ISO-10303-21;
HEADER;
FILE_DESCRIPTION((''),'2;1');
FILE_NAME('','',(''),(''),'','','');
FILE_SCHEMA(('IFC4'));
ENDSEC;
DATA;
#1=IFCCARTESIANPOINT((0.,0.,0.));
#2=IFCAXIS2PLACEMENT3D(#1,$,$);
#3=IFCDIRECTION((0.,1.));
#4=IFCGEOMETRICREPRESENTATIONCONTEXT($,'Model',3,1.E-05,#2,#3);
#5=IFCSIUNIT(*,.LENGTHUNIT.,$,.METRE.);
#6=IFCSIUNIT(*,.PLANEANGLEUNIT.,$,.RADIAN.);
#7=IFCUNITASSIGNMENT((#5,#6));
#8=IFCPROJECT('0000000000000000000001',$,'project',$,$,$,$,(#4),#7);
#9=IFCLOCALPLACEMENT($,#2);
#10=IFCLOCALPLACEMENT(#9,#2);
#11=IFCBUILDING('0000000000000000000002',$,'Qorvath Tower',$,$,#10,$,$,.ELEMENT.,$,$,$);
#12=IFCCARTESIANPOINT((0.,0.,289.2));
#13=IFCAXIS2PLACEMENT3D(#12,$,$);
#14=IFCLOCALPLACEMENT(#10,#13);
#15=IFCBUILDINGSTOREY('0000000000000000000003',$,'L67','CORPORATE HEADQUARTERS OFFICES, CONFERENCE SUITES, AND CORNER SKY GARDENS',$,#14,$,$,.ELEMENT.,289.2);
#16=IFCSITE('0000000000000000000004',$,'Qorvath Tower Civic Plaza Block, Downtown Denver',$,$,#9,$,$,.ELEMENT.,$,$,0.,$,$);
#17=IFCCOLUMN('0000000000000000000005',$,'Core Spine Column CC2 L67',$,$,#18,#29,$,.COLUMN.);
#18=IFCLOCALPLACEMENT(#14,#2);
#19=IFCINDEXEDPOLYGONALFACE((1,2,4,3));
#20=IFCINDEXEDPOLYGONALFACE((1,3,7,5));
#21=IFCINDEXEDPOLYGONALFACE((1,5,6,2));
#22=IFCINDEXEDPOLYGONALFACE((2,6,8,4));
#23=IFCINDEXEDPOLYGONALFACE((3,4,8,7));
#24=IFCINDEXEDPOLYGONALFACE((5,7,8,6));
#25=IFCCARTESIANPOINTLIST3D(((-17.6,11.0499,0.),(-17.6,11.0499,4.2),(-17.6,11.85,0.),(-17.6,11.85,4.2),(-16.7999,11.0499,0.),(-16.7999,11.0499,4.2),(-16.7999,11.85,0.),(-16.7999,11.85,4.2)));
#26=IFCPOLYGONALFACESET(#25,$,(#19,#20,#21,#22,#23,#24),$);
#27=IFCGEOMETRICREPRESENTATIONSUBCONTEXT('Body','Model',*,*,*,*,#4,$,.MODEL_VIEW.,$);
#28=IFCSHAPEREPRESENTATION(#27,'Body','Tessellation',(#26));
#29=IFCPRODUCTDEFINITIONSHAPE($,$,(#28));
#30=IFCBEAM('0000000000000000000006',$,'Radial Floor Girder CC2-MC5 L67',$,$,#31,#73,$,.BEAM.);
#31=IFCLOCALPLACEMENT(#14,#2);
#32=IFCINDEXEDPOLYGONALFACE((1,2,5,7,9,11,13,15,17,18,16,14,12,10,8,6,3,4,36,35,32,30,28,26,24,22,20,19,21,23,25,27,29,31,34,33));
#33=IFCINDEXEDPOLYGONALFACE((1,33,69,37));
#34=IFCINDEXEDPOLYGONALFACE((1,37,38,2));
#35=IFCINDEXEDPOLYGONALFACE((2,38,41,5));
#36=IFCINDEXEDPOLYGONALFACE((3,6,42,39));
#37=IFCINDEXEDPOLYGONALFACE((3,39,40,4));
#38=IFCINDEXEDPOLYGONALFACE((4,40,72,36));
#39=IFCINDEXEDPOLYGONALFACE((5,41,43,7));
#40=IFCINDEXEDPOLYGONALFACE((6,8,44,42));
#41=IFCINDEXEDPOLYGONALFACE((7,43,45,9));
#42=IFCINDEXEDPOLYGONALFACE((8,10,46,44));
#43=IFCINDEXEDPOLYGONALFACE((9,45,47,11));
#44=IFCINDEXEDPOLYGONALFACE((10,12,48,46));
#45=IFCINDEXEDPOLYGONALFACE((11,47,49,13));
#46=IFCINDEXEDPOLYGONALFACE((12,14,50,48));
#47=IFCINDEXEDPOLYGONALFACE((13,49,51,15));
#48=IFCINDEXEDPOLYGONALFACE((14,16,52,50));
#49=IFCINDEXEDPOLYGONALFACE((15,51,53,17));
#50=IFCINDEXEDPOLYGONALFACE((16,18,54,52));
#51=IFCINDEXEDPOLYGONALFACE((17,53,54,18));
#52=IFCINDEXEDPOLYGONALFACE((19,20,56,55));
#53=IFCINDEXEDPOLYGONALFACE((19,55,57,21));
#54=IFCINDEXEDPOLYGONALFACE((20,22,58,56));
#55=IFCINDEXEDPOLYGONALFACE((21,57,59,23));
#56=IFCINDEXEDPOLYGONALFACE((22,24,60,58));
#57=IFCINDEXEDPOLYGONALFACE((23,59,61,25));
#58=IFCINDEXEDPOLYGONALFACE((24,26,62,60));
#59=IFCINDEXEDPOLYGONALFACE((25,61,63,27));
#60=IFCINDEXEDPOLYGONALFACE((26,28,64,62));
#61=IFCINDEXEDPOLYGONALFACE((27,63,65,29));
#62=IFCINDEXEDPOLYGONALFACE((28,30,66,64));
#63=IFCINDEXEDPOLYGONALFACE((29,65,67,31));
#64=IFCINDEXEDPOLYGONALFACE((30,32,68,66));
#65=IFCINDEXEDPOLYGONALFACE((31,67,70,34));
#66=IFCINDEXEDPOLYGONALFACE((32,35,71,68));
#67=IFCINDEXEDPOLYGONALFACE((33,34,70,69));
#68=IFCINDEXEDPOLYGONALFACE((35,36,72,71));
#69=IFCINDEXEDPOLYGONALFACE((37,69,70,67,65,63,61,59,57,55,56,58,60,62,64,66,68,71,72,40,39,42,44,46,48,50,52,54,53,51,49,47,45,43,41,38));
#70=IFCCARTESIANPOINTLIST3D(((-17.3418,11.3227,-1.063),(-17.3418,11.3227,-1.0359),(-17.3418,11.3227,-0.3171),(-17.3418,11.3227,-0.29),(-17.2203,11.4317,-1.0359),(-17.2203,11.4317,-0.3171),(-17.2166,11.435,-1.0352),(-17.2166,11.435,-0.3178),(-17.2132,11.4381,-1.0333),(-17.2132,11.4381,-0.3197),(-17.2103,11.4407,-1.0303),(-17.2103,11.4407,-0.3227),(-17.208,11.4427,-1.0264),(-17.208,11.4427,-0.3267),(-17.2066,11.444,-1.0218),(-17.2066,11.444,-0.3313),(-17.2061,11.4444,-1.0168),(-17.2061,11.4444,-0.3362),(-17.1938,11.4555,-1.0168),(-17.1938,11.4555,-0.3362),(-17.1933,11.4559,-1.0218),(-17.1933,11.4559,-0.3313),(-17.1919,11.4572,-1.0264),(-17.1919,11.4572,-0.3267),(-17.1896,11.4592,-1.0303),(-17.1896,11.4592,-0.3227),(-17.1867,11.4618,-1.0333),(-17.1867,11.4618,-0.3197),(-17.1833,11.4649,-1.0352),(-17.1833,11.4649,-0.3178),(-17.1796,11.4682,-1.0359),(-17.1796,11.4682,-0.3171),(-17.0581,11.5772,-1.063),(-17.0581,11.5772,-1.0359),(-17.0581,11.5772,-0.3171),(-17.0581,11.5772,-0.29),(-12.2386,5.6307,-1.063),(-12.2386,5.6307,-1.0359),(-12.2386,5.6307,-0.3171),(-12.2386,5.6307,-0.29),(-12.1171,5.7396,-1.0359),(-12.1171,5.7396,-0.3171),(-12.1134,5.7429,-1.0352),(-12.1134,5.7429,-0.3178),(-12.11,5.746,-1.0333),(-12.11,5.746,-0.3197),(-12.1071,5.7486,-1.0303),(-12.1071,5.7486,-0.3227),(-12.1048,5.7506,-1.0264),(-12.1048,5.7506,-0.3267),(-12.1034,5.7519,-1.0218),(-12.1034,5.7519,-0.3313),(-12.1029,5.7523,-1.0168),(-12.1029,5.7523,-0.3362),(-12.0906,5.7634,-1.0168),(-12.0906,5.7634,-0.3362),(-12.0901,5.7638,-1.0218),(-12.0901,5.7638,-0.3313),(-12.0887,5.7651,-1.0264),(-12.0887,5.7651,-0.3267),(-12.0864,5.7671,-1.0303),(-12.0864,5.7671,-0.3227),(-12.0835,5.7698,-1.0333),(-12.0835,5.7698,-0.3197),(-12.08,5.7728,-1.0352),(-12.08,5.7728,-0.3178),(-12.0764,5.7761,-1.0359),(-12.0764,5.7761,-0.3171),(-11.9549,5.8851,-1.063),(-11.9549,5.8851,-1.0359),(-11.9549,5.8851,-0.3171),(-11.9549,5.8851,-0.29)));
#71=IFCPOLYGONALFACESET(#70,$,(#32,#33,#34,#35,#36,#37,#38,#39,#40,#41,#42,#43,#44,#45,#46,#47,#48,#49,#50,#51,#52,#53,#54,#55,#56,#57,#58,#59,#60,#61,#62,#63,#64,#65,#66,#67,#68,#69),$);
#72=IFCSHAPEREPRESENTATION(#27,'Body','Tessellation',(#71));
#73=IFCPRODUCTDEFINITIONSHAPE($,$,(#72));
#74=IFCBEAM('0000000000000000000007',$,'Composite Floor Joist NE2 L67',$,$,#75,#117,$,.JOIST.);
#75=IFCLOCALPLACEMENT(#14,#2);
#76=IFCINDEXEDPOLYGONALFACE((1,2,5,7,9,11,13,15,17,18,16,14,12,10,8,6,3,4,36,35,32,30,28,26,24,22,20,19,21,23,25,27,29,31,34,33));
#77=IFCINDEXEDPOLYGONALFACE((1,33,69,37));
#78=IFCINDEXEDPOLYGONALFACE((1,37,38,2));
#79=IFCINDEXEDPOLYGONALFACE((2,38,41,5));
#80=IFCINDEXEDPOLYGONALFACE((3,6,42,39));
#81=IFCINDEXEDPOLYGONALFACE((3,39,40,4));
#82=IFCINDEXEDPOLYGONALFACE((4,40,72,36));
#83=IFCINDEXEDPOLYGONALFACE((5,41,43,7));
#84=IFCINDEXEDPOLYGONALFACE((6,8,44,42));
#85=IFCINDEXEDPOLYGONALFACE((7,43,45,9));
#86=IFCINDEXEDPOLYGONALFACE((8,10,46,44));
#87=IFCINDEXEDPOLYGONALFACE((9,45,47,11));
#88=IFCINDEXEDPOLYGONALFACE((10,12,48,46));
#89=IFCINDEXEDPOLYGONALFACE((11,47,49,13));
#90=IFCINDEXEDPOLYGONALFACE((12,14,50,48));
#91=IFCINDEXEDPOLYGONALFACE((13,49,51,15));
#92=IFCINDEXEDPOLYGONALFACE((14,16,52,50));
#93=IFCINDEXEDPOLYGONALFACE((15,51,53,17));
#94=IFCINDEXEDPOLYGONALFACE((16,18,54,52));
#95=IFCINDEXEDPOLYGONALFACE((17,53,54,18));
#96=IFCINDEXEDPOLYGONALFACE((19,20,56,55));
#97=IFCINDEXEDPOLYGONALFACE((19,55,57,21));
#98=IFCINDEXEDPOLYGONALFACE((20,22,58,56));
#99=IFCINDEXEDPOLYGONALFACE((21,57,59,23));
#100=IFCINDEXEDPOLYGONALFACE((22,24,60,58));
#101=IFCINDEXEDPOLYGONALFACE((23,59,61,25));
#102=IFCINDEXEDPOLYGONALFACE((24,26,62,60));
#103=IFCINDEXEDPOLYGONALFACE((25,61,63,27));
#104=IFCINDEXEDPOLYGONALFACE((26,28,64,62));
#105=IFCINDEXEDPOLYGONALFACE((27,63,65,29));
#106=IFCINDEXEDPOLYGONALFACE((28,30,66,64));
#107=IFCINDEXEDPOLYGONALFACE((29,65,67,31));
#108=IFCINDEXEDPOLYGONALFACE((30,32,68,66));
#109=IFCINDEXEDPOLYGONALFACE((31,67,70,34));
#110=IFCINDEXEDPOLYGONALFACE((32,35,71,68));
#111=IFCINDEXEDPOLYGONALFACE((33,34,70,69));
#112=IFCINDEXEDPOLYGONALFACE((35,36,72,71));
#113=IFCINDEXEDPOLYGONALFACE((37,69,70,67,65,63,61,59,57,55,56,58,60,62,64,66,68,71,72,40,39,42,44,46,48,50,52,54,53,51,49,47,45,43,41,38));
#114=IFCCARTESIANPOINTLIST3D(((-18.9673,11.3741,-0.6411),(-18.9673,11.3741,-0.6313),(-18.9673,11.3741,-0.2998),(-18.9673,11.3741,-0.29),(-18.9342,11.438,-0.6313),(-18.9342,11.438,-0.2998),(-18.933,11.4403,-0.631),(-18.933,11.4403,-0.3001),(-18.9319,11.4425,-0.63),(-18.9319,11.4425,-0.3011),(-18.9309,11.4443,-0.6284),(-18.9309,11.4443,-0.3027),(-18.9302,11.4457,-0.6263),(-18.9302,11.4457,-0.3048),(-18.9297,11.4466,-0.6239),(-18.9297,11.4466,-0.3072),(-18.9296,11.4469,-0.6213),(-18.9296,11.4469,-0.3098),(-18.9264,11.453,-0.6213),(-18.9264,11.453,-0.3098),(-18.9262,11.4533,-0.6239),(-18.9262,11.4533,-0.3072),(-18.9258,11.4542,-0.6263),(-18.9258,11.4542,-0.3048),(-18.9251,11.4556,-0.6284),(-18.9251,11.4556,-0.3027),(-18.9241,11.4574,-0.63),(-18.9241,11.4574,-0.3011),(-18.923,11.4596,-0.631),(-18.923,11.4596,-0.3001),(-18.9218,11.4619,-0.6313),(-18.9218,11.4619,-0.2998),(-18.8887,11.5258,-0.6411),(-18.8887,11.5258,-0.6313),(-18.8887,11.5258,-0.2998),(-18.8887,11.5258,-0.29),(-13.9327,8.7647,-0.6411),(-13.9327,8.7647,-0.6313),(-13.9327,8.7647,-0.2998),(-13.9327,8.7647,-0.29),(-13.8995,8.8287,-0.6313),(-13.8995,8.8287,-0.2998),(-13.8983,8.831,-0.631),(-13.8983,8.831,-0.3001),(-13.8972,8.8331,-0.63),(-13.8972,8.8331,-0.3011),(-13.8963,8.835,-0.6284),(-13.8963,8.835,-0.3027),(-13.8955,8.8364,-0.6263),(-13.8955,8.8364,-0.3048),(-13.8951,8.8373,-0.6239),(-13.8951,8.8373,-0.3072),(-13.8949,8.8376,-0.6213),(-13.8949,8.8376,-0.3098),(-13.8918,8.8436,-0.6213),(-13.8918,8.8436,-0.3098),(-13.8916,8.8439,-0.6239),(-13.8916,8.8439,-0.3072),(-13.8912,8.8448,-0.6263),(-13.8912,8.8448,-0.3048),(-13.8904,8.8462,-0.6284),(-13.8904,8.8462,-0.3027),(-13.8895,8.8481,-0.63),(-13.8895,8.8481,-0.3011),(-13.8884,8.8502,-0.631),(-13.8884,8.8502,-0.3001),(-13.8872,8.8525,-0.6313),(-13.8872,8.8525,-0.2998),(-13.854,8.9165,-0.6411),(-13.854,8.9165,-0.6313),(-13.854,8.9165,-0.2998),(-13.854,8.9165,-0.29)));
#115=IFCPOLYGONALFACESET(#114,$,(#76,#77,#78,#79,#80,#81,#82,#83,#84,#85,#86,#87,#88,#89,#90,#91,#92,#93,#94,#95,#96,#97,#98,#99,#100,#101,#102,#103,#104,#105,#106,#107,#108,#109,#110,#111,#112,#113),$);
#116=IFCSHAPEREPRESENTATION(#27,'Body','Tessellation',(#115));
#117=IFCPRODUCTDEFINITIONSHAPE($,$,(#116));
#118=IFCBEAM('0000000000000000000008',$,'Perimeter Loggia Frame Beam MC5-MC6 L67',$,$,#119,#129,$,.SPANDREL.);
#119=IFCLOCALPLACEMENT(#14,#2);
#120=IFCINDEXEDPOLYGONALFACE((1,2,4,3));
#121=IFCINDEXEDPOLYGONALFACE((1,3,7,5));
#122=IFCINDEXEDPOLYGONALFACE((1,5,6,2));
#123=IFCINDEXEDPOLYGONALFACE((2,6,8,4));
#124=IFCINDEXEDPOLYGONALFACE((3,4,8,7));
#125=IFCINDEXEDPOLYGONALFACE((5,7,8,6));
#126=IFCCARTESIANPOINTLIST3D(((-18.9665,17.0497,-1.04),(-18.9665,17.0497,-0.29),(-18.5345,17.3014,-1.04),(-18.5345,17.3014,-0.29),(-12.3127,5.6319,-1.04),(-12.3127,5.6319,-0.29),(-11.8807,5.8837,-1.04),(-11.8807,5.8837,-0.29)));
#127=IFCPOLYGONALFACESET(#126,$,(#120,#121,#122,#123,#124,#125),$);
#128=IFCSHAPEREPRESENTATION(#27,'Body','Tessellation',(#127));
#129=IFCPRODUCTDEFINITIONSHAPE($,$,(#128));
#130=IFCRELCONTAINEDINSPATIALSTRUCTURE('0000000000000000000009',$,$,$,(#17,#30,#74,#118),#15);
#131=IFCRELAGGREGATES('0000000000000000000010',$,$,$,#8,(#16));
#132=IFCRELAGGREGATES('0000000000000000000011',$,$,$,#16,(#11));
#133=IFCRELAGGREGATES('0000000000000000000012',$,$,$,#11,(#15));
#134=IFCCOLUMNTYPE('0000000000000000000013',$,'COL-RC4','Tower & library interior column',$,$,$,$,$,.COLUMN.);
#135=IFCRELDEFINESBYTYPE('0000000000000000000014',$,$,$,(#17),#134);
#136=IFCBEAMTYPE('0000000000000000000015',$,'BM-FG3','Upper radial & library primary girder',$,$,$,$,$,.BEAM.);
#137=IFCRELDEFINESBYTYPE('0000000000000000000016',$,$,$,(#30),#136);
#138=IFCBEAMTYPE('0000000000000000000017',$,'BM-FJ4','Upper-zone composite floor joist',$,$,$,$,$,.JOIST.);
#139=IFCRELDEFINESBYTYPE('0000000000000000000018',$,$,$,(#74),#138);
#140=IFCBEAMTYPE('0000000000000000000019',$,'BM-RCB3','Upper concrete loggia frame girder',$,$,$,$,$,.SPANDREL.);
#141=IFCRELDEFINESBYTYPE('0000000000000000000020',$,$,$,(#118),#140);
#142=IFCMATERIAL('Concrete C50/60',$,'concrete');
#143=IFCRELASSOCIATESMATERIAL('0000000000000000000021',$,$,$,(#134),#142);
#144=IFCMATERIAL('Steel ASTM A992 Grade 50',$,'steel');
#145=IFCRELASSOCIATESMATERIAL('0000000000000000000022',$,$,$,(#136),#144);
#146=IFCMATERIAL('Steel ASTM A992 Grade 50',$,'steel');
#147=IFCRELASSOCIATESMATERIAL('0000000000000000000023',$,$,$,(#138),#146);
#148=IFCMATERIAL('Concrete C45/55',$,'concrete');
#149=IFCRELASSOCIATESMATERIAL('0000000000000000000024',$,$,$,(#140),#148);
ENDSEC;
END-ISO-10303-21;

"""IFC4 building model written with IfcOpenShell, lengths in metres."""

from ifc_helpers import new_model, si_unit, direction, frame, origin, origin_2d, place, context, subcontext, project, spatial, rectangle, i_section, extrude, material, material_profile, profile_set, type_object, element, save


model = new_model("IFC4")

# Units and contexts
model_context = context("Model", 3, precision=1e-05, world=origin(), true_north=direction((0.0, 1.0)))
body_context = subcontext(model_context, "Body", "Model", "MODEL_VIEW")
ifc_project = project(units=[si_unit("LENGTHUNIT", "METRE"), si_unit("PLANEANGLEUNIT", "RADIAN")], contexts=[model_context])

# Site, building, storey
site_placement = place(None, origin())
site = spatial("IfcSite", under=ifc_project, at=site_placement, Name="Qorvath Tower Civic Plaza Block, Downtown Denver", CompositionType="ELEMENT", RefElevation=0.0)
building_placement = place(site_placement, origin())
building = spatial("IfcBuilding", under=site, at=building_placement, Name="Qorvath Tower", CompositionType="ELEMENT")
storey_placement = place(building_placement, frame((0.0, 0.0, 289.2)))
storey = spatial("IfcBuildingStorey", under=building, at=storey_placement, Name="L67", Description="CORPORATE HEADQUARTERS OFFICES, CONFERENCE SUITES, AND CORNER SKY GARDENS", CompositionType="ELEMENT", Elevation=289.2)

# Column
ifc_material_1 = material(Name="Concrete C50/60", Category="concrete")
ifc_material_profile_1 = material_profile(ifc_material_1, rectangle(XDim=0.8, YDim=0.8, at=origin_2d()), Name="RC 800x800")
ifc_profile_set_1 = profile_set([ifc_material_profile_1], Name="Concrete C50/60")
column_type = type_object("IfcColumnType", Name="COL-RC4", Description="Tower & library interior column", PredefinedType="COLUMN", material=ifc_profile_set_1)
column_placement = place(storey_placement, frame((-17.2, 11.45, 0.0), z_axis=(0.0, 0.0, 1.0), x_axis=(1.0, 0.0, 0.0)))
element("IfcColumn", 1, at=column_placement, inside=storey, type_object=column_type, Name="Core Spine Column CC2 L67", PredefinedType="COLUMN", context=body_context, shape_type="SweptSolid", body=[
    extrude(rectangle(XDim=0.8, YDim=0.8, at=origin_2d()), origin(), (0.0, 0.0, 1.0), 4.2),
])

# Beams
ifc_material_2 = material(Name="Steel ASTM A992 Grade 50", Category="steel")
ifc_material_profile_2 = material_profile(ifc_material_2, i_section(OverallWidth=0.3811, OverallDepth=0.7729, WebThickness=0.0166, FlangeThickness=0.0271, FilletRadius=0.019, at=origin_2d()), Name="W30x173")
ifc_profile_set_2 = profile_set([ifc_material_profile_2], Name="Steel ASTM A992 Grade 50")
beam_type_1 = type_object("IfcBeamType", Name="BM-FG3", Description="Upper radial & library primary girder", PredefinedType="BEAM", material=ifc_profile_set_2)
beam_1_placement = place(storey_placement, frame((-17.2, 11.45, -0.6765), z_axis=(0.667543, -0.744571, 0.0), x_axis=(0.744571, 0.667543, 0.0)))
element("IfcBeam", 2, at=beam_1_placement, inside=storey, type_object=beam_type_1, Name="Radial Floor Girder CC2-MC5 L67", PredefinedType="BEAM", context=body_context, shape_type="SweptSolid", body=[
    extrude(i_section(OverallWidth=0.3811, OverallDepth=0.7729, WebThickness=0.0166, FlangeThickness=0.0271, FilletRadius=0.019, at=origin_2d()), origin(), (0.0, 0.0, 1.0), 7.6448),
])
ifc_material_3 = material(Name="Steel ASTM A992 Grade 50", Category="steel")
ifc_material_profile_3 = material_profile(ifc_material_3, i_section(OverallWidth=0.1709, OverallDepth=0.3511, WebThickness=0.0068, FlangeThickness=0.0098, FilletRadius=0.01, at=origin_2d()), Name="W14x30")
ifc_profile_set_3 = profile_set([ifc_material_profile_3], Name="Steel ASTM A992 Grade 50")
beam_type_2 = type_object("IfcBeamType", Name="BM-FJ4", Description="Upper-zone composite floor joist", PredefinedType="JOIST", material=ifc_profile_set_3)
beam_2_placement = place(storey_placement, frame((-18.928, 11.45, -0.4656), z_axis=(0.887841, -0.460151, 0.0), x_axis=(0.460151, 0.887841, 0.0)))
element("IfcBeam", 3, at=beam_2_placement, inside=storey, type_object=beam_type_2, Name="Composite Floor Joist NE2 L67", PredefinedType="JOIST", context=body_context, shape_type="SweptSolid", body=[
    extrude(i_section(OverallWidth=0.1709, OverallDepth=0.3511, WebThickness=0.0068, FlangeThickness=0.0098, FilletRadius=0.01, at=origin_2d()), origin(), (0.0, 0.0, 1.0), 5.6707),
])
ifc_material_4 = material(Name="Concrete C45/55", Category="concrete")
ifc_material_profile_4 = material_profile(ifc_material_4, rectangle(XDim=0.5, YDim=0.75, at=origin_2d()), Name="RCB 750x500")
ifc_profile_set_4 = profile_set([ifc_material_profile_4], Name="Concrete C45/55")
beam_type_3 = type_object("IfcBeamType", Name="BM-RCB3", Description="Upper concrete loggia frame girder", PredefinedType="SPANDREL", material=ifc_profile_set_4)
beam_3_placement = place(storey_placement, frame((-12.0967, 5.7578, -0.665), z_axis=(-0.503502, 0.863994, 0.0), x_axis=(-0.863994, -0.503502, 0.0)))
element("IfcBeam", 4, at=beam_3_placement, inside=storey, type_object=beam_type_3, Name="Perimeter Loggia Frame Beam MC5-MC6 L67", PredefinedType="SPANDREL", context=body_context, shape_type="SweptSolid", body=[
    extrude(rectangle(XDim=0.5, YDim=0.75, at=origin_2d()), origin(), (0.0, 0.0, 1.0), 13.2151),
])

save(model, "model.ifc")
